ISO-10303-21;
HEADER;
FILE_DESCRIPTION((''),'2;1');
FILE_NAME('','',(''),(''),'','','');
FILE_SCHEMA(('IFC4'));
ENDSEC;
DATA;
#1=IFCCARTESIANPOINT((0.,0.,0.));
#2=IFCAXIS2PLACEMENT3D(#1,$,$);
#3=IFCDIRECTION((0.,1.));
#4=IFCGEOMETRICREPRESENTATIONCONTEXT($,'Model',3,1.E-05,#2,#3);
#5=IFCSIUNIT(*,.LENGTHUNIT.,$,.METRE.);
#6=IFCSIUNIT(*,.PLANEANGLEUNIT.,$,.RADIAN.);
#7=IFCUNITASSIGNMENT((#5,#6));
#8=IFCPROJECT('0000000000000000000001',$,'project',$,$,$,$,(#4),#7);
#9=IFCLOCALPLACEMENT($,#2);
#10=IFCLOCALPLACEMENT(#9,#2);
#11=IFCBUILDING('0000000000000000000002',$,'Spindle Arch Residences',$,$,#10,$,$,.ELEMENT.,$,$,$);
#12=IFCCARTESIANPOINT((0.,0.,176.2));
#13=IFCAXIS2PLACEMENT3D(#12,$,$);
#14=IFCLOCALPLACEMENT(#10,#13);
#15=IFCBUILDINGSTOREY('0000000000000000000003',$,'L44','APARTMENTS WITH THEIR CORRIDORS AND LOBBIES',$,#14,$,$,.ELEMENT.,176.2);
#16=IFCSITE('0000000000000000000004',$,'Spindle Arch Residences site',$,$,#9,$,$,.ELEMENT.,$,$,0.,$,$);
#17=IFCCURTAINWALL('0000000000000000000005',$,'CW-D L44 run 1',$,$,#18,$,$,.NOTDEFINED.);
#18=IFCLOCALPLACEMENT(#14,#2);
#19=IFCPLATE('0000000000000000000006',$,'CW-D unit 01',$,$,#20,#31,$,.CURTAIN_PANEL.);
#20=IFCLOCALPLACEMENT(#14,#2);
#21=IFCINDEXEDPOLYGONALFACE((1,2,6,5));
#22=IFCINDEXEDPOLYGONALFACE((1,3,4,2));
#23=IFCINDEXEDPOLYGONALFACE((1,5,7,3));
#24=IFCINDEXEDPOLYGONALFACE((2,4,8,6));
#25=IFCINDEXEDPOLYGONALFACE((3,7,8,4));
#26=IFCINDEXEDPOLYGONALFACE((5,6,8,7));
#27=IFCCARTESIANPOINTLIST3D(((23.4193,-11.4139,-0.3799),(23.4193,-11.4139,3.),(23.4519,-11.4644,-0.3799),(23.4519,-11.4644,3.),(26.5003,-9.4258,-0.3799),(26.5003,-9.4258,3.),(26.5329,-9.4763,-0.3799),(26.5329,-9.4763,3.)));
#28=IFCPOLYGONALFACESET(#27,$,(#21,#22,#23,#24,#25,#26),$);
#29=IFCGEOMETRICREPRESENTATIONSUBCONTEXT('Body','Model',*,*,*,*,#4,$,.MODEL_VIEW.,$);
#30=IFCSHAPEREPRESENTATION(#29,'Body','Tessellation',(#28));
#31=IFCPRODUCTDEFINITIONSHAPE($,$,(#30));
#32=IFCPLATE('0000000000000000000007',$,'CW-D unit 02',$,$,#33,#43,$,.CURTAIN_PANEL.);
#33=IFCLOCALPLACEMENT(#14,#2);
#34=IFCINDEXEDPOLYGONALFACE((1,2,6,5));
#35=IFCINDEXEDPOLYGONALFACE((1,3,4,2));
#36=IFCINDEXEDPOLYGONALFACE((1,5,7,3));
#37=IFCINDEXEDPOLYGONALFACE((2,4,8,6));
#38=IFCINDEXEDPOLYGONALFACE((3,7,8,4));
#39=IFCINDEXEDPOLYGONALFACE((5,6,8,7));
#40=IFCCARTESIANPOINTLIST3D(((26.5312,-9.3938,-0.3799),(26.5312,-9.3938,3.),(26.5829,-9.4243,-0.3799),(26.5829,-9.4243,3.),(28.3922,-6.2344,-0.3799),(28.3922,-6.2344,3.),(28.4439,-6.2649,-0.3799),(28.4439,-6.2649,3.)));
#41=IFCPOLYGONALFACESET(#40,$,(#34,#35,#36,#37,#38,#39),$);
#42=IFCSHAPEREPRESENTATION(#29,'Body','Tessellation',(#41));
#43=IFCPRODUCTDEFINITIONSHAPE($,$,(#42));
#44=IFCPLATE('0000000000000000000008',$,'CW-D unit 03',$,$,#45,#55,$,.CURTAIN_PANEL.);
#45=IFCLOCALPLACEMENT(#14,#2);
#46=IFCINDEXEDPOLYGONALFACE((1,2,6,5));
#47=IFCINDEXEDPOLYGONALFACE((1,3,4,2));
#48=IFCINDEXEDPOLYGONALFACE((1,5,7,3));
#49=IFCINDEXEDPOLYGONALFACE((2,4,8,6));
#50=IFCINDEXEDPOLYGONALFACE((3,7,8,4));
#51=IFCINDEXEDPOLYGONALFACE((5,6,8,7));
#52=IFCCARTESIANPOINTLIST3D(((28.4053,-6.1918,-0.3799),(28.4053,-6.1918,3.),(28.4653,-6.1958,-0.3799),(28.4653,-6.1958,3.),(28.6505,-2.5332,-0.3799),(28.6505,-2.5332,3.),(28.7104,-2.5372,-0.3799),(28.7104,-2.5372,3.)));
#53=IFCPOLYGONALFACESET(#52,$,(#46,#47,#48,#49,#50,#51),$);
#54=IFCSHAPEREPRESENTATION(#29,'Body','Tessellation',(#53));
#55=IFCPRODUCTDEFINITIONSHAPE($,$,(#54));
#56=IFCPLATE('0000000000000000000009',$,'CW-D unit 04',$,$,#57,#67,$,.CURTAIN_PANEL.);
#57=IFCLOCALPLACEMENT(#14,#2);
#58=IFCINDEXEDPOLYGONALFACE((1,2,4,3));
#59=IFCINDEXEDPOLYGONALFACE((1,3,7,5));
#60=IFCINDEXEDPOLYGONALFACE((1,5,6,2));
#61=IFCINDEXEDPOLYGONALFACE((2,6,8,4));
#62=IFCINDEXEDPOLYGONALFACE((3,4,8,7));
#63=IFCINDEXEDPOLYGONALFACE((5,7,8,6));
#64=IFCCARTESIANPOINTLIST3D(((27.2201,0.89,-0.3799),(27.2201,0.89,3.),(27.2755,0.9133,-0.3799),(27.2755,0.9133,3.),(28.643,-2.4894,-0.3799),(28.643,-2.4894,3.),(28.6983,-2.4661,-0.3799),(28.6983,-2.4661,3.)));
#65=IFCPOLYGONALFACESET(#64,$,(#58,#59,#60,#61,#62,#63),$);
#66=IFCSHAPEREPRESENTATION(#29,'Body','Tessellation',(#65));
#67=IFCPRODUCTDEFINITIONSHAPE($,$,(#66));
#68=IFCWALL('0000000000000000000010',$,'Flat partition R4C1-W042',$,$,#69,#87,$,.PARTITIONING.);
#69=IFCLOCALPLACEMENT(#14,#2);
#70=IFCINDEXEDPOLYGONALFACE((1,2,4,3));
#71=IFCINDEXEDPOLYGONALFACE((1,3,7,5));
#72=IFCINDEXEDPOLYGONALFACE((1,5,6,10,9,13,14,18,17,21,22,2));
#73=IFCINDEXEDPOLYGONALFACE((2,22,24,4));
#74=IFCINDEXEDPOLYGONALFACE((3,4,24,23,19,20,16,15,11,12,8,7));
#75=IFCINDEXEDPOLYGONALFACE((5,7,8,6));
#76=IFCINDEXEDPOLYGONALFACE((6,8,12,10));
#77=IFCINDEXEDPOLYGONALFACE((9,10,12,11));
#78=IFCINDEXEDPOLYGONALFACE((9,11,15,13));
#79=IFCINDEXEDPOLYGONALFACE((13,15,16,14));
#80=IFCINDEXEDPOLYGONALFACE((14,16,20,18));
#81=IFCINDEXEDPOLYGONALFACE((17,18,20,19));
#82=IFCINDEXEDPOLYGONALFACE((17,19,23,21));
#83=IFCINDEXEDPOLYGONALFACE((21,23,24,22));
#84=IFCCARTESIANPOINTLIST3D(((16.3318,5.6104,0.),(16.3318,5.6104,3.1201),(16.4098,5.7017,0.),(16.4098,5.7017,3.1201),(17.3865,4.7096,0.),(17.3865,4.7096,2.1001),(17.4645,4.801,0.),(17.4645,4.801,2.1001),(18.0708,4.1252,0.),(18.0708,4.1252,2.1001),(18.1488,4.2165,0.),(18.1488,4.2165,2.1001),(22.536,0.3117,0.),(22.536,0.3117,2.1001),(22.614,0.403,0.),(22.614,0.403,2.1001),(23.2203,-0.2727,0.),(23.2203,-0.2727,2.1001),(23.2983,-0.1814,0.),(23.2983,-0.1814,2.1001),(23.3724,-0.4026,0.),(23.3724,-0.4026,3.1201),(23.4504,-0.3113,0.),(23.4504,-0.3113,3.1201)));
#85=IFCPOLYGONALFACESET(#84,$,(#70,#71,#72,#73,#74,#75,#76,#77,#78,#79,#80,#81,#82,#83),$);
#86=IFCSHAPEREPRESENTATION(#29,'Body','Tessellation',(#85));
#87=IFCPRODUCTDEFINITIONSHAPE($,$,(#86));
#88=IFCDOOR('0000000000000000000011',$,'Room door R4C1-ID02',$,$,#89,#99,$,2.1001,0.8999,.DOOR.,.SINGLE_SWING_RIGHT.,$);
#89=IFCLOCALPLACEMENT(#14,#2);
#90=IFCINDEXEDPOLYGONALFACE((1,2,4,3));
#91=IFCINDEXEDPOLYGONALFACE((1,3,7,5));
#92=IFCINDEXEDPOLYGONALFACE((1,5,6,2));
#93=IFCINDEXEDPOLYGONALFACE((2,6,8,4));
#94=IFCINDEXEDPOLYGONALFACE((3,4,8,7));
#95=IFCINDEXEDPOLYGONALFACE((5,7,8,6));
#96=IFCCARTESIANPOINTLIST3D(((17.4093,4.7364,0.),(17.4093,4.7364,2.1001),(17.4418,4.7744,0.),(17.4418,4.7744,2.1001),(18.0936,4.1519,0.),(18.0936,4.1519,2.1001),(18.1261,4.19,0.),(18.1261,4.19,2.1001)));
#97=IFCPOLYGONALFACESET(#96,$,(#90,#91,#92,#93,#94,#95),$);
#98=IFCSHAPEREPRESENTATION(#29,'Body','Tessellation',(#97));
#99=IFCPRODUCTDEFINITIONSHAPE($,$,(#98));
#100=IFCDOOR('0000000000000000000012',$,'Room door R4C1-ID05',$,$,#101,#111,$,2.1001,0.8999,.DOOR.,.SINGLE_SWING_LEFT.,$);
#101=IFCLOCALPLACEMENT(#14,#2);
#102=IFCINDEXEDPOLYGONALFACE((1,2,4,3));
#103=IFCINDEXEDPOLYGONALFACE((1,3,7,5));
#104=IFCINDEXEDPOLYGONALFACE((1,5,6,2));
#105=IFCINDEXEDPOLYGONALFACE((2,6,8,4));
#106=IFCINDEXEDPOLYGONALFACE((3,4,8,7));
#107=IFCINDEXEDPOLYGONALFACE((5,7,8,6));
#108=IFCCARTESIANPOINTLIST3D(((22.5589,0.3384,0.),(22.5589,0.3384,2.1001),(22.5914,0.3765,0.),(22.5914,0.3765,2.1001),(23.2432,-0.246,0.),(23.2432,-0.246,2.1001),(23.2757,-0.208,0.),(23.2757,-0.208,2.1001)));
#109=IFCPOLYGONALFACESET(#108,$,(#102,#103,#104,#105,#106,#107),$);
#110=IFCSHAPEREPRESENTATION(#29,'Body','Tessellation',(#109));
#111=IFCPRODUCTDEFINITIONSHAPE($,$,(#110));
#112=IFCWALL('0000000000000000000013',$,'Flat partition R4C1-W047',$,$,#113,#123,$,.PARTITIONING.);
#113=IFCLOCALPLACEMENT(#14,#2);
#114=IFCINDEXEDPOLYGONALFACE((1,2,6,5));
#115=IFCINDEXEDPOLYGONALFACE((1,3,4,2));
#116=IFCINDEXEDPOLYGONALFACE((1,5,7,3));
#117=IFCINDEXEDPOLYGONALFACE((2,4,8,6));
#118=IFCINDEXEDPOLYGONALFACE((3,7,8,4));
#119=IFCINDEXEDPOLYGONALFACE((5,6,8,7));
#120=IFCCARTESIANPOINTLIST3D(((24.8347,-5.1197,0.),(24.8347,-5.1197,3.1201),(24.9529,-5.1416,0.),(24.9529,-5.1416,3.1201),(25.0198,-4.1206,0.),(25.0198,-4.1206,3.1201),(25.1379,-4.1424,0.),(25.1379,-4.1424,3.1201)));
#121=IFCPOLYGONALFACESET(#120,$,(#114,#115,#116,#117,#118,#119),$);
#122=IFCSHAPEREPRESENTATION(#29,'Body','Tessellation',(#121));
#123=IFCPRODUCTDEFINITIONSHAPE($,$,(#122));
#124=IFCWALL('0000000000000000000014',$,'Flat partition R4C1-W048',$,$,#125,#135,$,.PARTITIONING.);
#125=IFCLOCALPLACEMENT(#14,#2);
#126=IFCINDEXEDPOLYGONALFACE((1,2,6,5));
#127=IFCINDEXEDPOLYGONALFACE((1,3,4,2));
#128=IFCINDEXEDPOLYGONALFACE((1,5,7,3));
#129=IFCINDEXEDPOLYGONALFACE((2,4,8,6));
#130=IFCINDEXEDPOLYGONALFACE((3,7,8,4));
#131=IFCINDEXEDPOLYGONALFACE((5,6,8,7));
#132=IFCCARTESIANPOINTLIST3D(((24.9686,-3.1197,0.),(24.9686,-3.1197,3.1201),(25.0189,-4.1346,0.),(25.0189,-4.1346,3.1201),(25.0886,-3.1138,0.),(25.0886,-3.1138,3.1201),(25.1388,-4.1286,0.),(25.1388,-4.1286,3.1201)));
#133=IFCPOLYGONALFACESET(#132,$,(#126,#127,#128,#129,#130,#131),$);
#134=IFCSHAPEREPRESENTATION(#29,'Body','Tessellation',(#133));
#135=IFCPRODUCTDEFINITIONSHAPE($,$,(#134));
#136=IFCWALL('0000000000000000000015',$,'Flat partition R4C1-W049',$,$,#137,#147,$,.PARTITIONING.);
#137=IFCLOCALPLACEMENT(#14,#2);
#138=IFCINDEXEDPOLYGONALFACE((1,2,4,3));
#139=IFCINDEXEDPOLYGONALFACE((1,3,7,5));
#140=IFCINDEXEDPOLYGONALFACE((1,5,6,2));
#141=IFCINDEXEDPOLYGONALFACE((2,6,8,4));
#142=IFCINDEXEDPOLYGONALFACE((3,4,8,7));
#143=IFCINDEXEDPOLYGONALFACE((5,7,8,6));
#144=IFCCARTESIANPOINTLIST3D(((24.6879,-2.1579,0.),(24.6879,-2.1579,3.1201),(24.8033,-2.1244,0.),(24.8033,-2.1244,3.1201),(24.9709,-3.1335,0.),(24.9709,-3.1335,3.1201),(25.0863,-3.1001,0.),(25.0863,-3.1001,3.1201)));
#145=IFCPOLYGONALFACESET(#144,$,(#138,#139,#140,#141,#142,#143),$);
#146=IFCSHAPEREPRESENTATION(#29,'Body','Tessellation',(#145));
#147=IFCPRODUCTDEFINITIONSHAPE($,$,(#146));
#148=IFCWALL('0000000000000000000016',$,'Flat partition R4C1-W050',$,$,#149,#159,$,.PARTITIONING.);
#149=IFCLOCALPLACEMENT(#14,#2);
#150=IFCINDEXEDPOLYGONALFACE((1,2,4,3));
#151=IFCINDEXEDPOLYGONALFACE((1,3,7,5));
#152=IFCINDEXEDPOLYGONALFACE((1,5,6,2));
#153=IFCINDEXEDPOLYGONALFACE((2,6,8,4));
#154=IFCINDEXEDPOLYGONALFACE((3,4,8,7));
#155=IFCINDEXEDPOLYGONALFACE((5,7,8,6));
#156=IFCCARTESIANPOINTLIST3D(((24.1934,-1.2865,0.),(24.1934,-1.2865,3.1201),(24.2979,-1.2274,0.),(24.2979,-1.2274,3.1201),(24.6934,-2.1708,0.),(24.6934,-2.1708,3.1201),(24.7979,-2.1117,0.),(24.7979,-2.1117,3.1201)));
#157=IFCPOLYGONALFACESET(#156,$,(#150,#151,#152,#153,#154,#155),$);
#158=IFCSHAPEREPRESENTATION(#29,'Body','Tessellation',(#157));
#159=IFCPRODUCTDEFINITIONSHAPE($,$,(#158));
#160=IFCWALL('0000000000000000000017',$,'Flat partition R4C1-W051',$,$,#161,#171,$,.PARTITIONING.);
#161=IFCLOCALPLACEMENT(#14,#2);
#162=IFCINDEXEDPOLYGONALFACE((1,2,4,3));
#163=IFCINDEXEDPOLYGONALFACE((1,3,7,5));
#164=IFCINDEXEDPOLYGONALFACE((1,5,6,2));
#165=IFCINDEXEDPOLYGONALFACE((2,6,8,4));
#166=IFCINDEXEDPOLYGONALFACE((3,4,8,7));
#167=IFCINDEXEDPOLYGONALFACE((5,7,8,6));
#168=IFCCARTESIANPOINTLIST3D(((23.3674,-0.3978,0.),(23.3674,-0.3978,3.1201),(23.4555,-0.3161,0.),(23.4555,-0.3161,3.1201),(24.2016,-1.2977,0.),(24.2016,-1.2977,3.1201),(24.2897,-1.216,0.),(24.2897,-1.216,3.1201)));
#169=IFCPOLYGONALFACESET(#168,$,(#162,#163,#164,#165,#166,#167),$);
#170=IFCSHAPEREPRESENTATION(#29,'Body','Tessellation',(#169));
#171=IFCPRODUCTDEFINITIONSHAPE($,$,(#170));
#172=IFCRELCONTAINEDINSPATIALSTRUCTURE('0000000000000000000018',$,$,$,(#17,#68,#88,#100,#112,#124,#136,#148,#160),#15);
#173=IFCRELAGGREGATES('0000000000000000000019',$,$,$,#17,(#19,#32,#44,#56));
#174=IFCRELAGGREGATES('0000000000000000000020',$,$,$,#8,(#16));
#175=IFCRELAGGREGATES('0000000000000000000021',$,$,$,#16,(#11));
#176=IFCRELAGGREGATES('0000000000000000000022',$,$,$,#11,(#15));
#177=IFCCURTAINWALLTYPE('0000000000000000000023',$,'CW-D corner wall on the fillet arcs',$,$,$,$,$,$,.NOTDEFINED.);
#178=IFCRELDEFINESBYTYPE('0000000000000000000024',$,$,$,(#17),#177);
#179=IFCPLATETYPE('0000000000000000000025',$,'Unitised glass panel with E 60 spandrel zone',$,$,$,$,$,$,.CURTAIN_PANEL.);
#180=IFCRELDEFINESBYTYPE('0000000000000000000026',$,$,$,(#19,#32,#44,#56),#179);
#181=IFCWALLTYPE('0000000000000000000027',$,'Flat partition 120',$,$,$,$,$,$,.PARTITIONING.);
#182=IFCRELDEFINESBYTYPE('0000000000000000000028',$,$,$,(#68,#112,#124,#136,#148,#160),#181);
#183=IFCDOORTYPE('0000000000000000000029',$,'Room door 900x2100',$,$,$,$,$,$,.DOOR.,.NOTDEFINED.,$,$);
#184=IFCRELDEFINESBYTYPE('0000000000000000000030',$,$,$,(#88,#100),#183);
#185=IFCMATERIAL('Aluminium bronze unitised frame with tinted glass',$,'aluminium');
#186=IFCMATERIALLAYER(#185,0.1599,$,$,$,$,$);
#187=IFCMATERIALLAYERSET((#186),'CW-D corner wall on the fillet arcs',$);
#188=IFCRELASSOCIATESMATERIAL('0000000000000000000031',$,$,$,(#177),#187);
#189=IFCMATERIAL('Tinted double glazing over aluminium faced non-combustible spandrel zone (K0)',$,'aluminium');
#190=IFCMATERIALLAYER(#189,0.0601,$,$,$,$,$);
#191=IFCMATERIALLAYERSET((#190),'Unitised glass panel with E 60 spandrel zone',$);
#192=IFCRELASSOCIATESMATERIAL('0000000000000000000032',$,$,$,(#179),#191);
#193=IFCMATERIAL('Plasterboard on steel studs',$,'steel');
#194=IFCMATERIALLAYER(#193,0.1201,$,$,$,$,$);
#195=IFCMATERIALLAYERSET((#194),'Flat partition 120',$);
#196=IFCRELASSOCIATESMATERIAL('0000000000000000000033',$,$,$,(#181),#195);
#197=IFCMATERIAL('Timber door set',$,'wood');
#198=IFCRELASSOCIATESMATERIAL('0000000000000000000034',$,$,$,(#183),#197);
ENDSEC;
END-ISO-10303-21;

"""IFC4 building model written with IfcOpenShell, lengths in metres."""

from ifc_helpers import new_model, si_unit, direction, frame, frame_2d, origin, origin_2d, place, context, subcontext, project, spatial, rectangle, extrude, material, layer, layer_set, type_object, element, fill, aggregate, save


model = new_model("IFC4")

# Units and contexts
model_context = context("Model", 3, precision=1e-05, world=origin(), true_north=direction((0.0, 1.0)))
body_context = subcontext(model_context, "Body", "Model", "MODEL_VIEW")
ifc_project = project(units=[si_unit("LENGTHUNIT", "METRE"), si_unit("PLANEANGLEUNIT", "RADIAN")], contexts=[model_context])

# Site, building, storey
site_placement = place(None, origin())
site = spatial("IfcSite", under=ifc_project, at=site_placement, Name="Spindle Arch Residences site", CompositionType="ELEMENT", RefElevation=0.0)
building_placement = place(site_placement, origin())
building = spatial("IfcBuilding", under=site, at=building_placement, Name="Spindle Arch Residences", CompositionType="ELEMENT")
storey_placement = place(building_placement, frame((0.0, 0.0, 176.2)))
storey = spatial("IfcBuildingStorey", under=building, at=storey_placement, Name="L44", Description="APARTMENTS WITH THEIR CORRIDORS AND LOBBIES", CompositionType="ELEMENT", Elevation=176.2)

# Curtain wall
ifc_material_1 = material(Name="Aluminium bronze unitised frame with tinted glass", Category="aluminium")
ifc_layer_1 = layer(ifc_material_1, 0.1599)
ifc_layer_set_1 = layer_set([ifc_layer_1], Name="CW-D corner wall on the fillet arcs")
curtain_wall_type = type_object("IfcCurtainWallType", Name="CW-D corner wall on the fillet arcs", PredefinedType="NOTDEFINED", material=ifc_layer_set_1)
curtain_wall_placement = place(storey_placement, origin())
curtain_wall = element("IfcCurtainWall", 1, at=curtain_wall_placement, inside=storey, type_object=curtain_wall_type, Name="CW-D L44 run 1", PredefinedType="NOTDEFINED")

# Plates
ifc_material_2 = material(Name="Tinted double glazing over aluminium faced non-combustible spandrel zone (K0)", Category="aluminium")
ifc_layer_2 = layer(ifc_material_2, 0.0601)
ifc_layer_set_2 = layer_set([ifc_layer_2], Name="Unitised glass panel with E 60 spandrel zone")
plate_type = type_object("IfcPlateType", Name="Unitised glass panel with E 60 spandrel zone", PredefinedType="CURTAIN_PANEL", material=ifc_layer_set_2)
plate_1_placement = place(storey_placement, frame((24.9761, -10.4451, -0.3799), z_axis=(0.0, 0.0, 1.0), x_axis=(0.840251, 0.542197, 0.0)))
plate_1 = element("IfcPlate", 2, at=plate_1_placement, type_object=plate_type, Name="CW-D unit 01", PredefinedType="CURTAIN_PANEL", context=body_context, shape_type="SweptSolid", body=[
    extrude(rectangle(XDim=3.6667, YDim=0.0601, at=origin_2d()), origin(), (0.0, 0.0, 1.0), 3.3799),
])
plate_2_placement = place(storey_placement, frame((27.4875, -7.8293, -0.3799), z_axis=(0.0, 0.0, 1.0), x_axis=(0.507538, 0.861629, 0.0)))
plate_2 = element("IfcPlate", 3, at=plate_2_placement, type_object=plate_type, Name="CW-D unit 02", PredefinedType="CURTAIN_PANEL", context=body_context, shape_type="SweptSolid", body=[
    extrude(rectangle(XDim=3.6667, YDim=0.0601, at=origin_2d()), origin(), (0.0, 0.0, 1.0), 3.3799),
])
plate_3_placement = place(storey_placement, frame((28.5579, -4.3645, -0.3799), z_axis=(0.0, 0.0, 1.0), x_axis=(0.066854, 0.997763, 0.0)))
plate_3 = element("IfcPlate", 4, at=plate_3_placement, type_object=plate_type, Name="CW-D unit 03", PredefinedType="CURTAIN_PANEL", context=body_context, shape_type="SweptSolid", body=[
    extrude(rectangle(XDim=3.6667, YDim=0.0601, at=origin_2d()), origin(), (0.0, 0.0, 1.0), 3.3799),
])
plate_4_placement = place(storey_placement, frame((27.9592, -0.7881, -0.3799), z_axis=(0.0, 0.0, 1.0), x_axis=(-0.388052, 0.921638, 0.0)))
plate_4 = element("IfcPlate", 5, at=plate_4_placement, type_object=plate_type, Name="CW-D unit 04", PredefinedType="CURTAIN_PANEL", context=body_context, shape_type="SweptSolid", body=[
    extrude(rectangle(XDim=3.6667, YDim=0.0601, at=origin_2d()), origin(), (0.0, 0.0, 1.0), 3.3799),
])
aggregate(curtain_wall, [plate_1, plate_2, plate_3, plate_4])

# Wall, openings, doors
ifc_material_3 = material(Name="Plasterboard on steel studs", Category="steel")
ifc_layer_3 = layer(ifc_material_3, 0.1201)
ifc_layer_set_3 = layer_set([ifc_layer_3], Name="Flat partition 120")
wall_type = type_object("IfcWallType", Name="Flat partition 120", PredefinedType="PARTITIONING", material=ifc_layer_set_3)
wall_1_placement = place(storey_placement, frame((23.4114, -0.3569, 0.0), z_axis=(0.0, 0.0, 1.0), x_axis=(-0.760419, 0.649433, 0.0)))
wall_1 = element("IfcWall", 6, at=wall_1_placement, inside=storey, type_object=wall_type, Name="Flat partition R4C1-W042", PredefinedType="PARTITIONING", context=body_context, shape_type="SweptSolid", body=[
    extrude(rectangle(XDim=9.2588, YDim=0.1201, at=frame_2d((4.6294, 0.0))), origin(), (0.0, 0.0, 1.0), 3.1201),
])
opening_1_placement = place(wall_1_placement, frame((6.9719, 0.0, 0.0)))
opening_1 = element("IfcOpeningElement", 7, at=opening_1_placement, cuts=wall_1, PredefinedType="OPENING", context=body_context, shape_type="SweptSolid", body=[
    extrude(rectangle(XDim=0.8999, YDim=2.1001, at=frame_2d((0.45, 1.05))), frame((0.0, 0.0701, 0.0), z_axis=(0.0, -1.0, 0.0), x_axis=(1.0, 0.0, 0.0)), (0.0, 0.0, 1.0), 0.1401),
])
opening_2_placement = place(wall_1_placement, frame((0.2, 0.0, 0.0)))
opening_2 = element("IfcOpeningElement", 8, at=opening_2_placement, cuts=wall_1, PredefinedType="OPENING", context=body_context, shape_type="SweptSolid", body=[
    extrude(rectangle(XDim=0.8999, YDim=2.1001, at=frame_2d((0.45, 1.05))), frame((0.0, 0.0701, 0.0), z_axis=(0.0, -1.0, 0.0), x_axis=(1.0, 0.0, 0.0)), (0.0, 0.0, 1.0), 0.1401),
])
ifc_material_4 = material(Name="Timber door set", Category="wood")
door_type = type_object("IfcDoorType", Name="Room door 900x2100", OperationType="NOTDEFINED", PredefinedType="DOOR", material=ifc_material_4)
door_1_placement = place(opening_1_placement, origin())
door_1 = element("IfcDoor", 9, at=door_1_placement, inside=storey, type_object=door_type, Name="Room door R4C1-ID02", OperationType="SINGLE_SWING_RIGHT", OverallHeight=2.1001, OverallWidth=0.8999, PredefinedType="DOOR", context=body_context, shape_type="SweptSolid", body=[
    extrude(rectangle(XDim=0.8999, YDim=2.1001, at=frame_2d((0.45, 1.05))), frame((0.0, 0.0249, 0.0), z_axis=(0.0, -1.0, 0.0), x_axis=(1.0, 0.0, 0.0)), (0.0, 0.0, 1.0), 0.05),
])
fill(opening_1, door_1)
door_2_placement = place(opening_2_placement, origin())
door_2 = element("IfcDoor", 10, at=door_2_placement, inside=storey, type_object=door_type, Name="Room door R4C1-ID05", OperationType="SINGLE_SWING_LEFT", OverallHeight=2.1001, OverallWidth=0.8999, PredefinedType="DOOR", context=body_context, shape_type="SweptSolid", body=[
    extrude(rectangle(XDim=0.8999, YDim=2.1001, at=frame_2d((0.45, 1.05))), frame((0.0, 0.0249, 0.0), z_axis=(0.0, -1.0, 0.0), x_axis=(1.0, 0.0, 0.0)), (0.0, 0.0, 1.0), 0.05),
])
fill(opening_2, door_2)

# Walls
for number, where, z_axis, x_axis, name in (
    (11, (24.8938, -5.1306, 0.0), (0.0, 0.0, 1.0), (0.182141, 0.983272, 0.0), "Flat partition R4C1-W047"),
    (12, (25.0789, -4.1316, 0.0), (0.0, 0.0, 1.0), (-0.049494, 0.998774, 0.0), "Flat partition R4C1-W048"),
):
    element("IfcWall", number, at=place(storey_placement, frame(where, z_axis=z_axis, x_axis=x_axis)), inside=storey, type_object=wall_type, Name=name, PredefinedType="PARTITIONING", context=body_context, shape_type="SweptSolid", body=[
        extrude(rectangle(XDim=1.0161, YDim=0.1201, at=frame_2d((0.5081, 0.0))), origin(), (0.0, 0.0, 1.0), 3.1201),
    ])
for number, where, z_axis, x_axis, name in (
    (13, (25.0286, -3.1167, 0.0), (0.0, 0.0, 1.0), (-0.27856, 0.960419, 0.0), "Flat partition R4C1-W049"),
    (14, (24.7456, -2.1411, 0.0), (0.0, 0.0, 1.0), (-0.4922, 0.870482, 0.0), "Flat partition R4C1-W050"),
):
    element("IfcWall", number, at=place(storey_placement, frame(where, z_axis=z_axis, x_axis=x_axis)), inside=storey, type_object=wall_type, Name=name, PredefinedType="PARTITIONING", context=body_context, shape_type="SweptSolid", body=[
        extrude(rectangle(XDim=1.0159, YDim=0.1201, at=frame_2d((0.5078, 0.0))), origin(), (0.0, 0.0, 1.0), 3.1201),
    ])
wall_2_placement = place(storey_placement, frame((24.2456, -1.2568, 0.0), z_axis=(0.0, 0.0, 1.0), x_axis=(-0.67984, 0.73336, 0.0)))
element("IfcWall", 15, at=wall_2_placement, inside=storey, type_object=wall_type, Name="Flat partition R4C1-W051", PredefinedType="PARTITIONING", context=body_context, shape_type="SweptSolid", body=[
    extrude(rectangle(XDim=1.2271, YDim=0.1201, at=frame_2d((0.6135, 0.0))), origin(), (0.0, 0.0, 1.0), 3.1201),
])

save(model, "model.ifc")
